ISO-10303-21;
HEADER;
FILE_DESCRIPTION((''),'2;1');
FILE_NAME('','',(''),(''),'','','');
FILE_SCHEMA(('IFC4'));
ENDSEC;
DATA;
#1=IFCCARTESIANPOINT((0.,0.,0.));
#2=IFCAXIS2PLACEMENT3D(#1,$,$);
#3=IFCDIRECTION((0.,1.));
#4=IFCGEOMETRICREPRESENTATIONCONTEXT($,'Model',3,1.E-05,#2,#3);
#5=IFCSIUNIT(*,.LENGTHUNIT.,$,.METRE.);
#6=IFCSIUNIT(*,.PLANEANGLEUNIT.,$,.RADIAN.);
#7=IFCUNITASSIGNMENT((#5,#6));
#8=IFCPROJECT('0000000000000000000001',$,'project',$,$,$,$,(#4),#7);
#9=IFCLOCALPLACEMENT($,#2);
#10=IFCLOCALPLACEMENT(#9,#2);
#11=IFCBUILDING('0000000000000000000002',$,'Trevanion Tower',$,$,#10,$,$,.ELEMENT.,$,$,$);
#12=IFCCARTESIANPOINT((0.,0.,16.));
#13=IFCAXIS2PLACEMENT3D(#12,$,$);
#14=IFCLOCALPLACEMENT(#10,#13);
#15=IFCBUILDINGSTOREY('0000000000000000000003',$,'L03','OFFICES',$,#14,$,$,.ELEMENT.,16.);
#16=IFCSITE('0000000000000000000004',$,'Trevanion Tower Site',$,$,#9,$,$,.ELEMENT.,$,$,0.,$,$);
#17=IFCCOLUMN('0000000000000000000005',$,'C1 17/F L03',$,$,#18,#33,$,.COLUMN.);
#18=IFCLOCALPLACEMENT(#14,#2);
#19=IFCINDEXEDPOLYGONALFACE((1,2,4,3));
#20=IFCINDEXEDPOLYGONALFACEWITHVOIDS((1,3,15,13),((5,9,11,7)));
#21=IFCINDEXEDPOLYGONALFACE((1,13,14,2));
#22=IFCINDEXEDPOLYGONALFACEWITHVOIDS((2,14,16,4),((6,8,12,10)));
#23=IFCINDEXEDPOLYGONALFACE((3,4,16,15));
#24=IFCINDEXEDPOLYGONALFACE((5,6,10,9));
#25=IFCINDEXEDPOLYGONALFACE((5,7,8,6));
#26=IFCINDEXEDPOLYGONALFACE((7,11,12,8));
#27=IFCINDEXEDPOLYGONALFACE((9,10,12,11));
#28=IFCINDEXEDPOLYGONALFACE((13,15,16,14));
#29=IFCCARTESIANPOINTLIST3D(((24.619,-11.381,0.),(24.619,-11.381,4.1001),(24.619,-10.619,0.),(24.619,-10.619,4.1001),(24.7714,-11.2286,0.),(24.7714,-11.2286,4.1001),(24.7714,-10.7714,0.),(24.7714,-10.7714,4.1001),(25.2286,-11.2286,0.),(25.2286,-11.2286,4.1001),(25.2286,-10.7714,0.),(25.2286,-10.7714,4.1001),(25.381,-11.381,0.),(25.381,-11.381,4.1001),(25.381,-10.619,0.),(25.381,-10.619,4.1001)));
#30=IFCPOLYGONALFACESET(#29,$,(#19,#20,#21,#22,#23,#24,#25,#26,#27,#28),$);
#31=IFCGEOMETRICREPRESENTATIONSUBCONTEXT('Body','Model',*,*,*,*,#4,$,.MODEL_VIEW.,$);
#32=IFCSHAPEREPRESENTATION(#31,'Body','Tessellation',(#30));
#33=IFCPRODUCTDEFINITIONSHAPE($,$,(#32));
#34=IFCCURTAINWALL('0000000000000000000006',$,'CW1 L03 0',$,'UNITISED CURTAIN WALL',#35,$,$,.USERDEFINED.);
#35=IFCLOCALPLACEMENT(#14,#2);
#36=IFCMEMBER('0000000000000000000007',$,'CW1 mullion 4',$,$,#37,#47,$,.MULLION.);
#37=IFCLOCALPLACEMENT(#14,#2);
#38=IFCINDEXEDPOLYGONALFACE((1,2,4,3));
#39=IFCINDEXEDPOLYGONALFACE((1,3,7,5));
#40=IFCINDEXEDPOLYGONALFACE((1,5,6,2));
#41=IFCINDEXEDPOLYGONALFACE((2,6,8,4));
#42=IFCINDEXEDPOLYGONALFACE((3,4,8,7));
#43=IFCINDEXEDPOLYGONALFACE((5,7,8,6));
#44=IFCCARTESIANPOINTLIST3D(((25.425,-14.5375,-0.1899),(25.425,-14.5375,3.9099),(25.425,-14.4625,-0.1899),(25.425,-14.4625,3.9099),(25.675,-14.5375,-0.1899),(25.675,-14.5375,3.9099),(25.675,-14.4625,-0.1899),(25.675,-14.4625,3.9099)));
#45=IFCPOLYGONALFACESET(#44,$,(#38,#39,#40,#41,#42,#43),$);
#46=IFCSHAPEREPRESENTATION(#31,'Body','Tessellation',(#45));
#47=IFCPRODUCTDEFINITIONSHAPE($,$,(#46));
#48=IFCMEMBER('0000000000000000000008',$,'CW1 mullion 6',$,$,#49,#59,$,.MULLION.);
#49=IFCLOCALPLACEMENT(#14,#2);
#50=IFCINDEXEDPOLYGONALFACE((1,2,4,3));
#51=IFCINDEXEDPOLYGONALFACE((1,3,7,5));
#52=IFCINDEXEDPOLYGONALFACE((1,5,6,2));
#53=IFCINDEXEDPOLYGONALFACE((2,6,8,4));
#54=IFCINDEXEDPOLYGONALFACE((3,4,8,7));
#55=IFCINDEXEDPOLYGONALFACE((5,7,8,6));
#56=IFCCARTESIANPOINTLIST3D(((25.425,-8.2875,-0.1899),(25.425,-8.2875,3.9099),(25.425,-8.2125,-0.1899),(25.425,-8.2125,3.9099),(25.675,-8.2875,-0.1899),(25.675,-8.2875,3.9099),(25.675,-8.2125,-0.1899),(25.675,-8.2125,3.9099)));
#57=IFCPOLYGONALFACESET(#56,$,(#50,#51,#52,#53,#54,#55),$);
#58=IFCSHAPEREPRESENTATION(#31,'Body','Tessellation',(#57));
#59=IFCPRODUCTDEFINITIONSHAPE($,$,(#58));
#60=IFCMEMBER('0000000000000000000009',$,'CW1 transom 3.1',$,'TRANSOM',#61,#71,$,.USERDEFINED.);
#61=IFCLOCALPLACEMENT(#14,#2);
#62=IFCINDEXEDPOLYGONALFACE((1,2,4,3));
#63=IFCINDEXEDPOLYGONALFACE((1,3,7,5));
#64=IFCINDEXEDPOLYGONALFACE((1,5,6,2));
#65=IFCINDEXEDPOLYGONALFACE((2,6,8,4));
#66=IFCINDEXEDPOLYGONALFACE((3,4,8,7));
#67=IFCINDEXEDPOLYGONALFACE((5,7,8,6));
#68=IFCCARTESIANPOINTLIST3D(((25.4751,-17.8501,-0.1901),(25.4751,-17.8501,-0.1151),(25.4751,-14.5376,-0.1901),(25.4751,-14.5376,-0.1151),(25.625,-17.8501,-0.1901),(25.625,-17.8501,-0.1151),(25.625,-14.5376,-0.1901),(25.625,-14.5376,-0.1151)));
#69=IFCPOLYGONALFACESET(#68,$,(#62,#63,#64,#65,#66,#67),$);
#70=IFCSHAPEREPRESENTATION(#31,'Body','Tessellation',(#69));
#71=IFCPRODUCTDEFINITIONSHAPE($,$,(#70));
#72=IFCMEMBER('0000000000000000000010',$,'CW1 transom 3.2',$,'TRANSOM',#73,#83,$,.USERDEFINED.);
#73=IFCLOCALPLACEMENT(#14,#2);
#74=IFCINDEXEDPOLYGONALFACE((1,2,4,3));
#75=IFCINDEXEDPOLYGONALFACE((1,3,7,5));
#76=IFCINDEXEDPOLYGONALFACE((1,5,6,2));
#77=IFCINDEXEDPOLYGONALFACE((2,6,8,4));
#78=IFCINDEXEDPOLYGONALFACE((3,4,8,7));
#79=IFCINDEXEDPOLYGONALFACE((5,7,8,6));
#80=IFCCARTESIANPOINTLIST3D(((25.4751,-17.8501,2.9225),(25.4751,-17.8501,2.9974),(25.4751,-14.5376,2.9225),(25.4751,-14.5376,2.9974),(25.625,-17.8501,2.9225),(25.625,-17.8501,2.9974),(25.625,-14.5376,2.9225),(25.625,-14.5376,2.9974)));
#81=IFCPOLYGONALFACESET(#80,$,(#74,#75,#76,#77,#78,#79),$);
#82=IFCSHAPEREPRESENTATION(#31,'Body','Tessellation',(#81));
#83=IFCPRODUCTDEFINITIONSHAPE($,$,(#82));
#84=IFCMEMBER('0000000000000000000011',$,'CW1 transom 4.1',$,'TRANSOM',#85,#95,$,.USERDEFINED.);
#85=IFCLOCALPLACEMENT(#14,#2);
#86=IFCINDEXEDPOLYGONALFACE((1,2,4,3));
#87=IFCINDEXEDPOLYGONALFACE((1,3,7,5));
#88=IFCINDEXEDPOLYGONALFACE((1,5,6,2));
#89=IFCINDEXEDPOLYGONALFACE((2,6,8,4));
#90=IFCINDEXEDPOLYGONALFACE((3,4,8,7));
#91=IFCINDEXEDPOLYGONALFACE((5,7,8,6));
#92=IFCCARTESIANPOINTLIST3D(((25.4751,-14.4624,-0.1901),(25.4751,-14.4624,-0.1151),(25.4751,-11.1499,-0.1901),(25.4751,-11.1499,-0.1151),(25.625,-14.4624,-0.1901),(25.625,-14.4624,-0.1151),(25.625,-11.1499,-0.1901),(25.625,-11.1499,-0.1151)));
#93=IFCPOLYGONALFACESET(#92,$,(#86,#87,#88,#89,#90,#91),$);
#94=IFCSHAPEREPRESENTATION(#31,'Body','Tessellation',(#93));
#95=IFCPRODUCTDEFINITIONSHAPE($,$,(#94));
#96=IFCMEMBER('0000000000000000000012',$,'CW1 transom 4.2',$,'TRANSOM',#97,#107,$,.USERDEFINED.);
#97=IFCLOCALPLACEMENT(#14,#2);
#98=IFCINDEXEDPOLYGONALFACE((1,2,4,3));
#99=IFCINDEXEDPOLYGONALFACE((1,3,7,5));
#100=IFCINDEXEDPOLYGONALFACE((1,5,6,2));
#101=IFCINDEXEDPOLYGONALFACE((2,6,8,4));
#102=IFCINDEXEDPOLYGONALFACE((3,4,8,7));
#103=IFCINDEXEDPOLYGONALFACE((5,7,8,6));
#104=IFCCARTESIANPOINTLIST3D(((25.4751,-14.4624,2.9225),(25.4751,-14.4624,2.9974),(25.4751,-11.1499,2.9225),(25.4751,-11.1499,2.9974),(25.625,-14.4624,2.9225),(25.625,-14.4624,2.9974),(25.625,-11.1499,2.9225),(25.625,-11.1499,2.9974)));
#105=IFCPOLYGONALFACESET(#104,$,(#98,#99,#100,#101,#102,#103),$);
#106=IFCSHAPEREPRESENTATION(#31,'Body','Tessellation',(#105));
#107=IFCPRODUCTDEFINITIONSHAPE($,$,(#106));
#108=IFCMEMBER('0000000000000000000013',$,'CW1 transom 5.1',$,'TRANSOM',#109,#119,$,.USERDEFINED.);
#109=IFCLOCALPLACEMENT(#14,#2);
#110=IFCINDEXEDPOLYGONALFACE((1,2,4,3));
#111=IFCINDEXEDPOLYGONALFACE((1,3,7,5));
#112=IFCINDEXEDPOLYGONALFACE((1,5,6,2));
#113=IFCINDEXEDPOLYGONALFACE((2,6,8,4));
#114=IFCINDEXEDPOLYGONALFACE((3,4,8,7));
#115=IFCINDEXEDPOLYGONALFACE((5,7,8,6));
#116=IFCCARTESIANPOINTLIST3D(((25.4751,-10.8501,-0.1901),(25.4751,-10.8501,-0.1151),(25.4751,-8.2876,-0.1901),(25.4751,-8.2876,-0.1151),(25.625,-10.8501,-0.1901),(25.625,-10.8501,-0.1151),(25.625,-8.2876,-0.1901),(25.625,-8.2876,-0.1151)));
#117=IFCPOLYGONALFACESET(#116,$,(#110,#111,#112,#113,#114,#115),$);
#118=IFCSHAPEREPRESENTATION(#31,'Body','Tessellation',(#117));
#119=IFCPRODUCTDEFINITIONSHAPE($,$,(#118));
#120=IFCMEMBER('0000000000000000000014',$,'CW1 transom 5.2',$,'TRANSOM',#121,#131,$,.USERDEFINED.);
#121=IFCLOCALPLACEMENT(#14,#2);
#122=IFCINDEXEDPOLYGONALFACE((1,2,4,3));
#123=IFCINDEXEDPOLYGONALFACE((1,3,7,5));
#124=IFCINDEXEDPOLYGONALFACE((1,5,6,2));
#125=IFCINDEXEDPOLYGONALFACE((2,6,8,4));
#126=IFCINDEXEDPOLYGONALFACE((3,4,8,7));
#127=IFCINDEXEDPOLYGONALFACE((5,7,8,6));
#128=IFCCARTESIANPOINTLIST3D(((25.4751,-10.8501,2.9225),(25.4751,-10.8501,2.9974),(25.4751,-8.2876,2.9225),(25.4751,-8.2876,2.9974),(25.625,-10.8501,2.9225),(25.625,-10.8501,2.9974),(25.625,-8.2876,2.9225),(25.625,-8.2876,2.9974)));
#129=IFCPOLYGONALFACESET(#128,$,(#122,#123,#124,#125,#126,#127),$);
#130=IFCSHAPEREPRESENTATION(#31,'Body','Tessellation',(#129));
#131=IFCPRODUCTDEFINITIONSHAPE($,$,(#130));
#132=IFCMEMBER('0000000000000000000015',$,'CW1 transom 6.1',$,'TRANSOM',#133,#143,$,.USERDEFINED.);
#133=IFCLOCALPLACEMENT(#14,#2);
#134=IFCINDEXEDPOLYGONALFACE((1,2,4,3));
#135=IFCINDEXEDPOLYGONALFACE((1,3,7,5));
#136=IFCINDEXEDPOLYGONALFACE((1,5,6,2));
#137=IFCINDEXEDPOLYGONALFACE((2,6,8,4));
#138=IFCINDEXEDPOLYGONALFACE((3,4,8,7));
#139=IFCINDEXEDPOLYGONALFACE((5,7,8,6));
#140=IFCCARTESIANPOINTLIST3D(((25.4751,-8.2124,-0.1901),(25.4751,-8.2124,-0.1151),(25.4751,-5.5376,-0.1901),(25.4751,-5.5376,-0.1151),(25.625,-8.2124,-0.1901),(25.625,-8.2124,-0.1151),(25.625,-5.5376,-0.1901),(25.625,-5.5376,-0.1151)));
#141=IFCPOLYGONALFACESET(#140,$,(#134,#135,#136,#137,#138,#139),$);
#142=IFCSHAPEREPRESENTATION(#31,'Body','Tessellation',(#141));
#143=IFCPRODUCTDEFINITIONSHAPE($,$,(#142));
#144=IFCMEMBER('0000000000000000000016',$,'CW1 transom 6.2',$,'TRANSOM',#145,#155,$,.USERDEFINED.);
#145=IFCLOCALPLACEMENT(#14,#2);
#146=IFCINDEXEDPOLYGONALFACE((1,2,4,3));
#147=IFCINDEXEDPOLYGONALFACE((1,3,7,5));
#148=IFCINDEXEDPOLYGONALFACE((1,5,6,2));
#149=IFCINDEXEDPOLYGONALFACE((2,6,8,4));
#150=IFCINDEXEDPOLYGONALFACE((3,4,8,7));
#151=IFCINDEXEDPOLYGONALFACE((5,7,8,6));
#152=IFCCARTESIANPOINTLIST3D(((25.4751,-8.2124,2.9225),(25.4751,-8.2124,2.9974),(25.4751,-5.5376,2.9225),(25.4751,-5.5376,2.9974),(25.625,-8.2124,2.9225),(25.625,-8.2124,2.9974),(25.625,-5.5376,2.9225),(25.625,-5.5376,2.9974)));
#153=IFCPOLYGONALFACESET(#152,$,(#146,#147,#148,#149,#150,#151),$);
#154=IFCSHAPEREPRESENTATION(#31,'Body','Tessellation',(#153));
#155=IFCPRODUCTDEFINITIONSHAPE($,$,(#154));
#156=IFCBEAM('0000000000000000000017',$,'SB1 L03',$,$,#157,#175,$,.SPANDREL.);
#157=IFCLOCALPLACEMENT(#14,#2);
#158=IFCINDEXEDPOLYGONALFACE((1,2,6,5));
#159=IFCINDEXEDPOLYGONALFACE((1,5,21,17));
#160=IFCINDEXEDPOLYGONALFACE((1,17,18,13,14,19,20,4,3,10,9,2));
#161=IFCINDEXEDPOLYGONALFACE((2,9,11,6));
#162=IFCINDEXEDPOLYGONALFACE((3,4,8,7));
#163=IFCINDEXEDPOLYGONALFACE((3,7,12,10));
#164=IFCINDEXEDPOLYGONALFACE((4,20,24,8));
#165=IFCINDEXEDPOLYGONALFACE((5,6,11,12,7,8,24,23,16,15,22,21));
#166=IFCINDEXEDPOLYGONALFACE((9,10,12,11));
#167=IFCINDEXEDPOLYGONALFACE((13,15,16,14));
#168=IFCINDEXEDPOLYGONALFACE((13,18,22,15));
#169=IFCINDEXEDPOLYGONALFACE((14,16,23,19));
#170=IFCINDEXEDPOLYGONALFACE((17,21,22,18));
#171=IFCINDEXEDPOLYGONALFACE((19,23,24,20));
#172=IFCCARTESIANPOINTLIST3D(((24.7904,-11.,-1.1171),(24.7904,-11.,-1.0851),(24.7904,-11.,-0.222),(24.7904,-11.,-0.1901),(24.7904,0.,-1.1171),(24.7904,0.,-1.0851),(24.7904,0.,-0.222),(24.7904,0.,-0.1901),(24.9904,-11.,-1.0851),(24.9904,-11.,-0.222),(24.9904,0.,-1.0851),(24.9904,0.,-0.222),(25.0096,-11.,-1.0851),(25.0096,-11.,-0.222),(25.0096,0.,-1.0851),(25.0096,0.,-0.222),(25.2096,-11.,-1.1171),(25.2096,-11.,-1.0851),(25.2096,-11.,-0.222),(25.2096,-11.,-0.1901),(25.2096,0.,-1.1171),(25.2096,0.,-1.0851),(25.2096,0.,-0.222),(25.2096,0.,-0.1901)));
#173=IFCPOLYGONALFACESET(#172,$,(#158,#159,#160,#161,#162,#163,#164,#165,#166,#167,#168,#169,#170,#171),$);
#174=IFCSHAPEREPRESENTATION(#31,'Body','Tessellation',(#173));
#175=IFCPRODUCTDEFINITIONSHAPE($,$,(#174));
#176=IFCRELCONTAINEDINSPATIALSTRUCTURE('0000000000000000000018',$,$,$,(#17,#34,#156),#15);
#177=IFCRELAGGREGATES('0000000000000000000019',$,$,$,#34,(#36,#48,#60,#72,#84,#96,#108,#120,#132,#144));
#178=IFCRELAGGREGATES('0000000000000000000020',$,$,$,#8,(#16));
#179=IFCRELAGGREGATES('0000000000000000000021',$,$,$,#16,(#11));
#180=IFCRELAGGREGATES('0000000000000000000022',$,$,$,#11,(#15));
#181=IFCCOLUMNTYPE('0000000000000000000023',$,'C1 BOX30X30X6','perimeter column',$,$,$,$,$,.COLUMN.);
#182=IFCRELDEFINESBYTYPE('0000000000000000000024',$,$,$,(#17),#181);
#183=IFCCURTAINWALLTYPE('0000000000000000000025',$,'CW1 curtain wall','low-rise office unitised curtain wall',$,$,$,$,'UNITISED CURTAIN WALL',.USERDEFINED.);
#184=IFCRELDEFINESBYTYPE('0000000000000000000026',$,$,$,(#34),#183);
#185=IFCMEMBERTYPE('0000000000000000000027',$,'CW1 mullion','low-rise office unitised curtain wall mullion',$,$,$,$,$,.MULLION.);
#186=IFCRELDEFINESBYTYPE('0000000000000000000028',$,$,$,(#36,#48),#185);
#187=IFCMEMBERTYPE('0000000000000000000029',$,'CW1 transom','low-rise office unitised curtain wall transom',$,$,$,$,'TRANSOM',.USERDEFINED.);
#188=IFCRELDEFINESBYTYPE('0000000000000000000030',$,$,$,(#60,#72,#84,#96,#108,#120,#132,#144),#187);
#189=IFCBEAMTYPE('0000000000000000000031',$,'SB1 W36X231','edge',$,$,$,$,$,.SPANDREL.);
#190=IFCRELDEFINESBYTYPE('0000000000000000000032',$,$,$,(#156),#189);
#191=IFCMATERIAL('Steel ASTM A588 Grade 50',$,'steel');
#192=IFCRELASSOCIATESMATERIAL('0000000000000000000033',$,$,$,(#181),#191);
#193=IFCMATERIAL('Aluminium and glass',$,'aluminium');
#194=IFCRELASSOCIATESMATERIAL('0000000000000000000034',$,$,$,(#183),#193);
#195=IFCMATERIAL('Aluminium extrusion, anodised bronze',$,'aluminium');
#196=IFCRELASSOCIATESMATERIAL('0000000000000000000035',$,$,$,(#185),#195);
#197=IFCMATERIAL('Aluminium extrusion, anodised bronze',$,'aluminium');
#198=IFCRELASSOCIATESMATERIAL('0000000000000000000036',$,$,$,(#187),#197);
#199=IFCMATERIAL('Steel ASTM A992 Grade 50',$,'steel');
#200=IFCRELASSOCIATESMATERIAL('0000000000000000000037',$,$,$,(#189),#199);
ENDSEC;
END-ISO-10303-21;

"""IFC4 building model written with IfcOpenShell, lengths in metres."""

from ifc_helpers import new_model, si_unit, direction, frame, origin, origin_2d, place, context, subcontext, project, spatial, rectangle, hollow_rectangle, i_section, extrude, material, material_profile, profile_set, type_object, element, aggregate, save


model = new_model("IFC4")

# Units and contexts
model_context = context("Model", 3, precision=1e-05, world=origin(), true_north=direction((0.0, 1.0)))
body_context = subcontext(model_context, "Body", "Model", "MODEL_VIEW")
ifc_project = project(units=[si_unit("LENGTHUNIT", "METRE"), si_unit("PLANEANGLEUNIT", "RADIAN")], contexts=[model_context])

# Site, building, storey
site_placement = place(None, origin())
site = spatial("IfcSite", under=ifc_project, at=site_placement, Name="Trevanion Tower Site", CompositionType="ELEMENT", RefElevation=0.0)
building_placement = place(site_placement, origin())
building = spatial("IfcBuilding", under=site, at=building_placement, Name="Trevanion Tower", CompositionType="ELEMENT")
storey_placement = place(building_placement, frame((0.0, 0.0, 16.0)))
storey = spatial("IfcBuildingStorey", under=building, at=storey_placement, Name="L03", Description="OFFICES", CompositionType="ELEMENT", Elevation=16.0)

# Column
ifc_material_1 = material(Name="Steel ASTM A588 Grade 50", Category="steel")
ifc_material_profile_1 = material_profile(ifc_material_1, hollow_rectangle(XDim=0.762, YDim=0.762, WallThickness=0.1523, at=origin_2d()), Name="BOX30X30X6")
ifc_profile_set_1 = profile_set([ifc_material_profile_1], Name="Steel ASTM A588 Grade 50")
column_type = type_object("IfcColumnType", Name="C1 BOX30X30X6", Description="perimeter column", PredefinedType="COLUMN", material=ifc_profile_set_1)
column_placement = place(storey_placement, frame((25.0, -11.0, 0.0), z_axis=(0.0, 0.0, 1.0), x_axis=(0.0, 1.0, 0.0)))
element("IfcColumn", 1, at=column_placement, inside=storey, type_object=column_type, Name="C1 17/F L03", PredefinedType="COLUMN", context=body_context, shape_type="SweptSolid", body=[
    extrude(hollow_rectangle(XDim=0.762, YDim=0.762, WallThickness=0.1523, at=origin_2d()), origin(), (0.0, 0.0, 1.0), 4.1001),
])

# Curtain wall, members
ifc_material_2 = material(Name="Aluminium and glass", Category="aluminium")
curtain_wall_type = type_object("IfcCurtainWallType", Name="CW1 curtain wall", Description="low-rise office unitised curtain wall", ElementType="UNITISED CURTAIN WALL", PredefinedType="USERDEFINED", material=ifc_material_2)
curtain_wall_placement = place(storey_placement, origin())
curtain_wall = element("IfcCurtainWall", 2, at=curtain_wall_placement, inside=storey, type_object=curtain_wall_type, Name="CW1 L03 0", ObjectType="UNITISED CURTAIN WALL", PredefinedType="USERDEFINED")
ifc_material_3 = material(Name="Aluminium extrusion, anodised bronze", Category="aluminium")
ifc_material_profile_2 = material_profile(ifc_material_3, rectangle(XDim=0.075, YDim=0.25, at=origin_2d()), Name="CW1 mullion")
ifc_profile_set_2 = profile_set([ifc_material_profile_2], Name="Aluminium extrusion, anodised bronze")
member_type_1 = type_object("IfcMemberType", Name="CW1 mullion", Description="low-rise office unitised curtain wall mullion", PredefinedType="MULLION", material=ifc_profile_set_2)
member_1_placement = place(storey_placement, frame((25.55, -14.5, -0.1899), z_axis=(0.0, 0.0, 1.0), x_axis=(0.0, 1.0, 0.0)))
member_1 = element("IfcMember", 3, at=member_1_placement, type_object=member_type_1, Name="CW1 mullion 4", PredefinedType="MULLION", context=body_context, shape_type="SweptSolid", body=[
    extrude(rectangle(XDim=0.075, YDim=0.25, at=origin_2d()), origin(), (0.0, 0.0, 1.0), 4.0999),
])
member_2_placement = place(storey_placement, frame((25.55, -8.25, -0.1899), z_axis=(0.0, 0.0, 1.0), x_axis=(0.0, 1.0, 0.0)))
member_2 = element("IfcMember", 4, at=member_2_placement, type_object=member_type_1, Name="CW1 mullion 6", PredefinedType="MULLION", context=body_context, shape_type="SweptSolid", body=[
    extrude(rectangle(XDim=0.075, YDim=0.25, at=origin_2d()), origin(), (0.0, 0.0, 1.0), 4.0999),
])
ifc_material_4 = material(Name="Aluminium extrusion, anodised bronze", Category="aluminium")
ifc_material_profile_3 = material_profile(ifc_material_4, rectangle(XDim=0.1499, YDim=0.075, at=origin_2d()), Name="CW1 transom")
ifc_profile_set_3 = profile_set([ifc_material_profile_3], Name="Aluminium extrusion, anodised bronze")
member_type_2 = type_object("IfcMemberType", Name="CW1 transom", Description="low-rise office unitised curtain wall transom", ElementType="TRANSOM", PredefinedType="USERDEFINED", material=ifc_profile_set_3)
member_3_placement = place(storey_placement, frame((25.55, -17.8501, -0.1526), z_axis=(0.0, 1.0, 0.0), x_axis=(-1.0, 0.0, 0.0)))
member_3 = element("IfcMember", 5, at=member_3_placement, type_object=member_type_2, Name="CW1 transom 3.1", ObjectType="TRANSOM", PredefinedType="USERDEFINED", context=body_context, shape_type="SweptSolid", body=[
    extrude(rectangle(XDim=0.1499, YDim=0.075, at=origin_2d()), origin(), (0.0, 0.0, 1.0), 3.3125),
])
member_4_placement = place(storey_placement, frame((25.55, -17.8501, 2.96), z_axis=(0.0, 1.0, 0.0), x_axis=(-1.0, 0.0, 0.0)))
member_4 = element("IfcMember", 6, at=member_4_placement, type_object=member_type_2, Name="CW1 transom 3.2", ObjectType="TRANSOM", PredefinedType="USERDEFINED", context=body_context, shape_type="SweptSolid", body=[
    extrude(rectangle(XDim=0.1499, YDim=0.075, at=origin_2d()), origin(), (0.0, 0.0, 1.0), 3.3125),
])
member_5_placement = place(storey_placement, frame((25.55, -14.4624, -0.1526), z_axis=(0.0, 1.0, 0.0), x_axis=(-1.0, 0.0, 0.0)))
member_5 = element("IfcMember", 7, at=member_5_placement, type_object=member_type_2, Name="CW1 transom 4.1", ObjectType="TRANSOM", PredefinedType="USERDEFINED", context=body_context, shape_type="SweptSolid", body=[
    extrude(rectangle(XDim=0.1499, YDim=0.075, at=origin_2d()), origin(), (0.0, 0.0, 1.0), 3.3125),
])
member_6_placement = place(storey_placement, frame((25.55, -14.4624, 2.96), z_axis=(0.0, 1.0, 0.0), x_axis=(-1.0, 0.0, 0.0)))
member_6 = element("IfcMember", 8, at=member_6_placement, type_object=member_type_2, Name="CW1 transom 4.2", ObjectType="TRANSOM", PredefinedType="USERDEFINED", context=body_context, shape_type="SweptSolid", body=[
    extrude(rectangle(XDim=0.1499, YDim=0.075, at=origin_2d()), origin(), (0.0, 0.0, 1.0), 3.3125),
])
member_7_placement = place(storey_placement, frame((25.55, -10.8501, -0.1526), z_axis=(0.0, 1.0, 0.0), x_axis=(-1.0, 0.0, 0.0)))
member_7 = element("IfcMember", 9, at=member_7_placement, type_object=member_type_2, Name="CW1 transom 5.1", ObjectType="TRANSOM", PredefinedType="USERDEFINED", context=body_context, shape_type="SweptSolid", body=[
    extrude(rectangle(XDim=0.1499, YDim=0.075, at=origin_2d()), origin(), (0.0, 0.0, 1.0), 2.5625),
])
member_8_placement = place(storey_placement, frame((25.55, -10.8501, 2.96), z_axis=(0.0, 1.0, 0.0), x_axis=(-1.0, 0.0, 0.0)))
member_8 = element("IfcMember", 10, at=member_8_placement, type_object=member_type_2, Name="CW1 transom 5.2", ObjectType="TRANSOM", PredefinedType="USERDEFINED", context=body_context, shape_type="SweptSolid", body=[
    extrude(rectangle(XDim=0.1499, YDim=0.075, at=origin_2d()), origin(), (0.0, 0.0, 1.0), 2.5625),
])
member_9_placement = place(storey_placement, frame((25.55, -8.2124, -0.1526), z_axis=(0.0, 1.0, 0.0), x_axis=(-1.0, 0.0, 0.0)))
member_9 = element("IfcMember", 11, at=member_9_placement, type_object=member_type_2, Name="CW1 transom 6.1", ObjectType="TRANSOM", PredefinedType="USERDEFINED", context=body_context, shape_type="SweptSolid", body=[
    extrude(rectangle(XDim=0.1499, YDim=0.075, at=origin_2d()), origin(), (0.0, 0.0, 1.0), 2.6748),
])
member_10_placement = place(storey_placement, frame((25.55, -8.2124, 2.96), z_axis=(0.0, 1.0, 0.0), x_axis=(-1.0, 0.0, 0.0)))
member_10 = element("IfcMember", 12, at=member_10_placement, type_object=member_type_2, Name="CW1 transom 6.2", ObjectType="TRANSOM", PredefinedType="USERDEFINED", context=body_context, shape_type="SweptSolid", body=[
    extrude(rectangle(XDim=0.1499, YDim=0.075, at=origin_2d()), origin(), (0.0, 0.0, 1.0), 2.6748),
])

# Beam
ifc_material_5 = material(Name="Steel ASTM A992 Grade 50", Category="steel")
ifc_material_profile_4 = material_profile(ifc_material_5, i_section(OverallWidth=0.4192, OverallDepth=0.927, WebThickness=0.0193, FlangeThickness=0.032, at=origin_2d()), Name="W36X231")
ifc_profile_set_4 = profile_set([ifc_material_profile_4], Name="Steel ASTM A992 Grade 50")
beam_type_1 = type_object("IfcBeamType", Name="SB1 W36X231", Description="edge", PredefinedType="SPANDREL", material=ifc_profile_set_4)
beam_1_placement = place(storey_placement, frame((25.0, -11.0, -0.6536), z_axis=(0.0, 1.0, 0.0), x_axis=(-1.0, 0.0, 0.0)))
element("IfcBeam", 13, at=beam_1_placement, inside=storey, type_object=beam_type_1, Name="SB1 L03", PredefinedType="SPANDREL", context=body_context, shape_type="SweptSolid", body=[
    extrude(i_section(OverallWidth=0.4192, OverallDepth=0.927, WebThickness=0.0193, FlangeThickness=0.032, at=origin_2d()), origin(), (0.0, 0.0, 1.0), 11.0),
])

aggregate(curtain_wall, [member_1, member_2, member_3, member_4, member_5, member_6, member_7, member_8, member_9, member_10])

save(model, "model.ifc")
